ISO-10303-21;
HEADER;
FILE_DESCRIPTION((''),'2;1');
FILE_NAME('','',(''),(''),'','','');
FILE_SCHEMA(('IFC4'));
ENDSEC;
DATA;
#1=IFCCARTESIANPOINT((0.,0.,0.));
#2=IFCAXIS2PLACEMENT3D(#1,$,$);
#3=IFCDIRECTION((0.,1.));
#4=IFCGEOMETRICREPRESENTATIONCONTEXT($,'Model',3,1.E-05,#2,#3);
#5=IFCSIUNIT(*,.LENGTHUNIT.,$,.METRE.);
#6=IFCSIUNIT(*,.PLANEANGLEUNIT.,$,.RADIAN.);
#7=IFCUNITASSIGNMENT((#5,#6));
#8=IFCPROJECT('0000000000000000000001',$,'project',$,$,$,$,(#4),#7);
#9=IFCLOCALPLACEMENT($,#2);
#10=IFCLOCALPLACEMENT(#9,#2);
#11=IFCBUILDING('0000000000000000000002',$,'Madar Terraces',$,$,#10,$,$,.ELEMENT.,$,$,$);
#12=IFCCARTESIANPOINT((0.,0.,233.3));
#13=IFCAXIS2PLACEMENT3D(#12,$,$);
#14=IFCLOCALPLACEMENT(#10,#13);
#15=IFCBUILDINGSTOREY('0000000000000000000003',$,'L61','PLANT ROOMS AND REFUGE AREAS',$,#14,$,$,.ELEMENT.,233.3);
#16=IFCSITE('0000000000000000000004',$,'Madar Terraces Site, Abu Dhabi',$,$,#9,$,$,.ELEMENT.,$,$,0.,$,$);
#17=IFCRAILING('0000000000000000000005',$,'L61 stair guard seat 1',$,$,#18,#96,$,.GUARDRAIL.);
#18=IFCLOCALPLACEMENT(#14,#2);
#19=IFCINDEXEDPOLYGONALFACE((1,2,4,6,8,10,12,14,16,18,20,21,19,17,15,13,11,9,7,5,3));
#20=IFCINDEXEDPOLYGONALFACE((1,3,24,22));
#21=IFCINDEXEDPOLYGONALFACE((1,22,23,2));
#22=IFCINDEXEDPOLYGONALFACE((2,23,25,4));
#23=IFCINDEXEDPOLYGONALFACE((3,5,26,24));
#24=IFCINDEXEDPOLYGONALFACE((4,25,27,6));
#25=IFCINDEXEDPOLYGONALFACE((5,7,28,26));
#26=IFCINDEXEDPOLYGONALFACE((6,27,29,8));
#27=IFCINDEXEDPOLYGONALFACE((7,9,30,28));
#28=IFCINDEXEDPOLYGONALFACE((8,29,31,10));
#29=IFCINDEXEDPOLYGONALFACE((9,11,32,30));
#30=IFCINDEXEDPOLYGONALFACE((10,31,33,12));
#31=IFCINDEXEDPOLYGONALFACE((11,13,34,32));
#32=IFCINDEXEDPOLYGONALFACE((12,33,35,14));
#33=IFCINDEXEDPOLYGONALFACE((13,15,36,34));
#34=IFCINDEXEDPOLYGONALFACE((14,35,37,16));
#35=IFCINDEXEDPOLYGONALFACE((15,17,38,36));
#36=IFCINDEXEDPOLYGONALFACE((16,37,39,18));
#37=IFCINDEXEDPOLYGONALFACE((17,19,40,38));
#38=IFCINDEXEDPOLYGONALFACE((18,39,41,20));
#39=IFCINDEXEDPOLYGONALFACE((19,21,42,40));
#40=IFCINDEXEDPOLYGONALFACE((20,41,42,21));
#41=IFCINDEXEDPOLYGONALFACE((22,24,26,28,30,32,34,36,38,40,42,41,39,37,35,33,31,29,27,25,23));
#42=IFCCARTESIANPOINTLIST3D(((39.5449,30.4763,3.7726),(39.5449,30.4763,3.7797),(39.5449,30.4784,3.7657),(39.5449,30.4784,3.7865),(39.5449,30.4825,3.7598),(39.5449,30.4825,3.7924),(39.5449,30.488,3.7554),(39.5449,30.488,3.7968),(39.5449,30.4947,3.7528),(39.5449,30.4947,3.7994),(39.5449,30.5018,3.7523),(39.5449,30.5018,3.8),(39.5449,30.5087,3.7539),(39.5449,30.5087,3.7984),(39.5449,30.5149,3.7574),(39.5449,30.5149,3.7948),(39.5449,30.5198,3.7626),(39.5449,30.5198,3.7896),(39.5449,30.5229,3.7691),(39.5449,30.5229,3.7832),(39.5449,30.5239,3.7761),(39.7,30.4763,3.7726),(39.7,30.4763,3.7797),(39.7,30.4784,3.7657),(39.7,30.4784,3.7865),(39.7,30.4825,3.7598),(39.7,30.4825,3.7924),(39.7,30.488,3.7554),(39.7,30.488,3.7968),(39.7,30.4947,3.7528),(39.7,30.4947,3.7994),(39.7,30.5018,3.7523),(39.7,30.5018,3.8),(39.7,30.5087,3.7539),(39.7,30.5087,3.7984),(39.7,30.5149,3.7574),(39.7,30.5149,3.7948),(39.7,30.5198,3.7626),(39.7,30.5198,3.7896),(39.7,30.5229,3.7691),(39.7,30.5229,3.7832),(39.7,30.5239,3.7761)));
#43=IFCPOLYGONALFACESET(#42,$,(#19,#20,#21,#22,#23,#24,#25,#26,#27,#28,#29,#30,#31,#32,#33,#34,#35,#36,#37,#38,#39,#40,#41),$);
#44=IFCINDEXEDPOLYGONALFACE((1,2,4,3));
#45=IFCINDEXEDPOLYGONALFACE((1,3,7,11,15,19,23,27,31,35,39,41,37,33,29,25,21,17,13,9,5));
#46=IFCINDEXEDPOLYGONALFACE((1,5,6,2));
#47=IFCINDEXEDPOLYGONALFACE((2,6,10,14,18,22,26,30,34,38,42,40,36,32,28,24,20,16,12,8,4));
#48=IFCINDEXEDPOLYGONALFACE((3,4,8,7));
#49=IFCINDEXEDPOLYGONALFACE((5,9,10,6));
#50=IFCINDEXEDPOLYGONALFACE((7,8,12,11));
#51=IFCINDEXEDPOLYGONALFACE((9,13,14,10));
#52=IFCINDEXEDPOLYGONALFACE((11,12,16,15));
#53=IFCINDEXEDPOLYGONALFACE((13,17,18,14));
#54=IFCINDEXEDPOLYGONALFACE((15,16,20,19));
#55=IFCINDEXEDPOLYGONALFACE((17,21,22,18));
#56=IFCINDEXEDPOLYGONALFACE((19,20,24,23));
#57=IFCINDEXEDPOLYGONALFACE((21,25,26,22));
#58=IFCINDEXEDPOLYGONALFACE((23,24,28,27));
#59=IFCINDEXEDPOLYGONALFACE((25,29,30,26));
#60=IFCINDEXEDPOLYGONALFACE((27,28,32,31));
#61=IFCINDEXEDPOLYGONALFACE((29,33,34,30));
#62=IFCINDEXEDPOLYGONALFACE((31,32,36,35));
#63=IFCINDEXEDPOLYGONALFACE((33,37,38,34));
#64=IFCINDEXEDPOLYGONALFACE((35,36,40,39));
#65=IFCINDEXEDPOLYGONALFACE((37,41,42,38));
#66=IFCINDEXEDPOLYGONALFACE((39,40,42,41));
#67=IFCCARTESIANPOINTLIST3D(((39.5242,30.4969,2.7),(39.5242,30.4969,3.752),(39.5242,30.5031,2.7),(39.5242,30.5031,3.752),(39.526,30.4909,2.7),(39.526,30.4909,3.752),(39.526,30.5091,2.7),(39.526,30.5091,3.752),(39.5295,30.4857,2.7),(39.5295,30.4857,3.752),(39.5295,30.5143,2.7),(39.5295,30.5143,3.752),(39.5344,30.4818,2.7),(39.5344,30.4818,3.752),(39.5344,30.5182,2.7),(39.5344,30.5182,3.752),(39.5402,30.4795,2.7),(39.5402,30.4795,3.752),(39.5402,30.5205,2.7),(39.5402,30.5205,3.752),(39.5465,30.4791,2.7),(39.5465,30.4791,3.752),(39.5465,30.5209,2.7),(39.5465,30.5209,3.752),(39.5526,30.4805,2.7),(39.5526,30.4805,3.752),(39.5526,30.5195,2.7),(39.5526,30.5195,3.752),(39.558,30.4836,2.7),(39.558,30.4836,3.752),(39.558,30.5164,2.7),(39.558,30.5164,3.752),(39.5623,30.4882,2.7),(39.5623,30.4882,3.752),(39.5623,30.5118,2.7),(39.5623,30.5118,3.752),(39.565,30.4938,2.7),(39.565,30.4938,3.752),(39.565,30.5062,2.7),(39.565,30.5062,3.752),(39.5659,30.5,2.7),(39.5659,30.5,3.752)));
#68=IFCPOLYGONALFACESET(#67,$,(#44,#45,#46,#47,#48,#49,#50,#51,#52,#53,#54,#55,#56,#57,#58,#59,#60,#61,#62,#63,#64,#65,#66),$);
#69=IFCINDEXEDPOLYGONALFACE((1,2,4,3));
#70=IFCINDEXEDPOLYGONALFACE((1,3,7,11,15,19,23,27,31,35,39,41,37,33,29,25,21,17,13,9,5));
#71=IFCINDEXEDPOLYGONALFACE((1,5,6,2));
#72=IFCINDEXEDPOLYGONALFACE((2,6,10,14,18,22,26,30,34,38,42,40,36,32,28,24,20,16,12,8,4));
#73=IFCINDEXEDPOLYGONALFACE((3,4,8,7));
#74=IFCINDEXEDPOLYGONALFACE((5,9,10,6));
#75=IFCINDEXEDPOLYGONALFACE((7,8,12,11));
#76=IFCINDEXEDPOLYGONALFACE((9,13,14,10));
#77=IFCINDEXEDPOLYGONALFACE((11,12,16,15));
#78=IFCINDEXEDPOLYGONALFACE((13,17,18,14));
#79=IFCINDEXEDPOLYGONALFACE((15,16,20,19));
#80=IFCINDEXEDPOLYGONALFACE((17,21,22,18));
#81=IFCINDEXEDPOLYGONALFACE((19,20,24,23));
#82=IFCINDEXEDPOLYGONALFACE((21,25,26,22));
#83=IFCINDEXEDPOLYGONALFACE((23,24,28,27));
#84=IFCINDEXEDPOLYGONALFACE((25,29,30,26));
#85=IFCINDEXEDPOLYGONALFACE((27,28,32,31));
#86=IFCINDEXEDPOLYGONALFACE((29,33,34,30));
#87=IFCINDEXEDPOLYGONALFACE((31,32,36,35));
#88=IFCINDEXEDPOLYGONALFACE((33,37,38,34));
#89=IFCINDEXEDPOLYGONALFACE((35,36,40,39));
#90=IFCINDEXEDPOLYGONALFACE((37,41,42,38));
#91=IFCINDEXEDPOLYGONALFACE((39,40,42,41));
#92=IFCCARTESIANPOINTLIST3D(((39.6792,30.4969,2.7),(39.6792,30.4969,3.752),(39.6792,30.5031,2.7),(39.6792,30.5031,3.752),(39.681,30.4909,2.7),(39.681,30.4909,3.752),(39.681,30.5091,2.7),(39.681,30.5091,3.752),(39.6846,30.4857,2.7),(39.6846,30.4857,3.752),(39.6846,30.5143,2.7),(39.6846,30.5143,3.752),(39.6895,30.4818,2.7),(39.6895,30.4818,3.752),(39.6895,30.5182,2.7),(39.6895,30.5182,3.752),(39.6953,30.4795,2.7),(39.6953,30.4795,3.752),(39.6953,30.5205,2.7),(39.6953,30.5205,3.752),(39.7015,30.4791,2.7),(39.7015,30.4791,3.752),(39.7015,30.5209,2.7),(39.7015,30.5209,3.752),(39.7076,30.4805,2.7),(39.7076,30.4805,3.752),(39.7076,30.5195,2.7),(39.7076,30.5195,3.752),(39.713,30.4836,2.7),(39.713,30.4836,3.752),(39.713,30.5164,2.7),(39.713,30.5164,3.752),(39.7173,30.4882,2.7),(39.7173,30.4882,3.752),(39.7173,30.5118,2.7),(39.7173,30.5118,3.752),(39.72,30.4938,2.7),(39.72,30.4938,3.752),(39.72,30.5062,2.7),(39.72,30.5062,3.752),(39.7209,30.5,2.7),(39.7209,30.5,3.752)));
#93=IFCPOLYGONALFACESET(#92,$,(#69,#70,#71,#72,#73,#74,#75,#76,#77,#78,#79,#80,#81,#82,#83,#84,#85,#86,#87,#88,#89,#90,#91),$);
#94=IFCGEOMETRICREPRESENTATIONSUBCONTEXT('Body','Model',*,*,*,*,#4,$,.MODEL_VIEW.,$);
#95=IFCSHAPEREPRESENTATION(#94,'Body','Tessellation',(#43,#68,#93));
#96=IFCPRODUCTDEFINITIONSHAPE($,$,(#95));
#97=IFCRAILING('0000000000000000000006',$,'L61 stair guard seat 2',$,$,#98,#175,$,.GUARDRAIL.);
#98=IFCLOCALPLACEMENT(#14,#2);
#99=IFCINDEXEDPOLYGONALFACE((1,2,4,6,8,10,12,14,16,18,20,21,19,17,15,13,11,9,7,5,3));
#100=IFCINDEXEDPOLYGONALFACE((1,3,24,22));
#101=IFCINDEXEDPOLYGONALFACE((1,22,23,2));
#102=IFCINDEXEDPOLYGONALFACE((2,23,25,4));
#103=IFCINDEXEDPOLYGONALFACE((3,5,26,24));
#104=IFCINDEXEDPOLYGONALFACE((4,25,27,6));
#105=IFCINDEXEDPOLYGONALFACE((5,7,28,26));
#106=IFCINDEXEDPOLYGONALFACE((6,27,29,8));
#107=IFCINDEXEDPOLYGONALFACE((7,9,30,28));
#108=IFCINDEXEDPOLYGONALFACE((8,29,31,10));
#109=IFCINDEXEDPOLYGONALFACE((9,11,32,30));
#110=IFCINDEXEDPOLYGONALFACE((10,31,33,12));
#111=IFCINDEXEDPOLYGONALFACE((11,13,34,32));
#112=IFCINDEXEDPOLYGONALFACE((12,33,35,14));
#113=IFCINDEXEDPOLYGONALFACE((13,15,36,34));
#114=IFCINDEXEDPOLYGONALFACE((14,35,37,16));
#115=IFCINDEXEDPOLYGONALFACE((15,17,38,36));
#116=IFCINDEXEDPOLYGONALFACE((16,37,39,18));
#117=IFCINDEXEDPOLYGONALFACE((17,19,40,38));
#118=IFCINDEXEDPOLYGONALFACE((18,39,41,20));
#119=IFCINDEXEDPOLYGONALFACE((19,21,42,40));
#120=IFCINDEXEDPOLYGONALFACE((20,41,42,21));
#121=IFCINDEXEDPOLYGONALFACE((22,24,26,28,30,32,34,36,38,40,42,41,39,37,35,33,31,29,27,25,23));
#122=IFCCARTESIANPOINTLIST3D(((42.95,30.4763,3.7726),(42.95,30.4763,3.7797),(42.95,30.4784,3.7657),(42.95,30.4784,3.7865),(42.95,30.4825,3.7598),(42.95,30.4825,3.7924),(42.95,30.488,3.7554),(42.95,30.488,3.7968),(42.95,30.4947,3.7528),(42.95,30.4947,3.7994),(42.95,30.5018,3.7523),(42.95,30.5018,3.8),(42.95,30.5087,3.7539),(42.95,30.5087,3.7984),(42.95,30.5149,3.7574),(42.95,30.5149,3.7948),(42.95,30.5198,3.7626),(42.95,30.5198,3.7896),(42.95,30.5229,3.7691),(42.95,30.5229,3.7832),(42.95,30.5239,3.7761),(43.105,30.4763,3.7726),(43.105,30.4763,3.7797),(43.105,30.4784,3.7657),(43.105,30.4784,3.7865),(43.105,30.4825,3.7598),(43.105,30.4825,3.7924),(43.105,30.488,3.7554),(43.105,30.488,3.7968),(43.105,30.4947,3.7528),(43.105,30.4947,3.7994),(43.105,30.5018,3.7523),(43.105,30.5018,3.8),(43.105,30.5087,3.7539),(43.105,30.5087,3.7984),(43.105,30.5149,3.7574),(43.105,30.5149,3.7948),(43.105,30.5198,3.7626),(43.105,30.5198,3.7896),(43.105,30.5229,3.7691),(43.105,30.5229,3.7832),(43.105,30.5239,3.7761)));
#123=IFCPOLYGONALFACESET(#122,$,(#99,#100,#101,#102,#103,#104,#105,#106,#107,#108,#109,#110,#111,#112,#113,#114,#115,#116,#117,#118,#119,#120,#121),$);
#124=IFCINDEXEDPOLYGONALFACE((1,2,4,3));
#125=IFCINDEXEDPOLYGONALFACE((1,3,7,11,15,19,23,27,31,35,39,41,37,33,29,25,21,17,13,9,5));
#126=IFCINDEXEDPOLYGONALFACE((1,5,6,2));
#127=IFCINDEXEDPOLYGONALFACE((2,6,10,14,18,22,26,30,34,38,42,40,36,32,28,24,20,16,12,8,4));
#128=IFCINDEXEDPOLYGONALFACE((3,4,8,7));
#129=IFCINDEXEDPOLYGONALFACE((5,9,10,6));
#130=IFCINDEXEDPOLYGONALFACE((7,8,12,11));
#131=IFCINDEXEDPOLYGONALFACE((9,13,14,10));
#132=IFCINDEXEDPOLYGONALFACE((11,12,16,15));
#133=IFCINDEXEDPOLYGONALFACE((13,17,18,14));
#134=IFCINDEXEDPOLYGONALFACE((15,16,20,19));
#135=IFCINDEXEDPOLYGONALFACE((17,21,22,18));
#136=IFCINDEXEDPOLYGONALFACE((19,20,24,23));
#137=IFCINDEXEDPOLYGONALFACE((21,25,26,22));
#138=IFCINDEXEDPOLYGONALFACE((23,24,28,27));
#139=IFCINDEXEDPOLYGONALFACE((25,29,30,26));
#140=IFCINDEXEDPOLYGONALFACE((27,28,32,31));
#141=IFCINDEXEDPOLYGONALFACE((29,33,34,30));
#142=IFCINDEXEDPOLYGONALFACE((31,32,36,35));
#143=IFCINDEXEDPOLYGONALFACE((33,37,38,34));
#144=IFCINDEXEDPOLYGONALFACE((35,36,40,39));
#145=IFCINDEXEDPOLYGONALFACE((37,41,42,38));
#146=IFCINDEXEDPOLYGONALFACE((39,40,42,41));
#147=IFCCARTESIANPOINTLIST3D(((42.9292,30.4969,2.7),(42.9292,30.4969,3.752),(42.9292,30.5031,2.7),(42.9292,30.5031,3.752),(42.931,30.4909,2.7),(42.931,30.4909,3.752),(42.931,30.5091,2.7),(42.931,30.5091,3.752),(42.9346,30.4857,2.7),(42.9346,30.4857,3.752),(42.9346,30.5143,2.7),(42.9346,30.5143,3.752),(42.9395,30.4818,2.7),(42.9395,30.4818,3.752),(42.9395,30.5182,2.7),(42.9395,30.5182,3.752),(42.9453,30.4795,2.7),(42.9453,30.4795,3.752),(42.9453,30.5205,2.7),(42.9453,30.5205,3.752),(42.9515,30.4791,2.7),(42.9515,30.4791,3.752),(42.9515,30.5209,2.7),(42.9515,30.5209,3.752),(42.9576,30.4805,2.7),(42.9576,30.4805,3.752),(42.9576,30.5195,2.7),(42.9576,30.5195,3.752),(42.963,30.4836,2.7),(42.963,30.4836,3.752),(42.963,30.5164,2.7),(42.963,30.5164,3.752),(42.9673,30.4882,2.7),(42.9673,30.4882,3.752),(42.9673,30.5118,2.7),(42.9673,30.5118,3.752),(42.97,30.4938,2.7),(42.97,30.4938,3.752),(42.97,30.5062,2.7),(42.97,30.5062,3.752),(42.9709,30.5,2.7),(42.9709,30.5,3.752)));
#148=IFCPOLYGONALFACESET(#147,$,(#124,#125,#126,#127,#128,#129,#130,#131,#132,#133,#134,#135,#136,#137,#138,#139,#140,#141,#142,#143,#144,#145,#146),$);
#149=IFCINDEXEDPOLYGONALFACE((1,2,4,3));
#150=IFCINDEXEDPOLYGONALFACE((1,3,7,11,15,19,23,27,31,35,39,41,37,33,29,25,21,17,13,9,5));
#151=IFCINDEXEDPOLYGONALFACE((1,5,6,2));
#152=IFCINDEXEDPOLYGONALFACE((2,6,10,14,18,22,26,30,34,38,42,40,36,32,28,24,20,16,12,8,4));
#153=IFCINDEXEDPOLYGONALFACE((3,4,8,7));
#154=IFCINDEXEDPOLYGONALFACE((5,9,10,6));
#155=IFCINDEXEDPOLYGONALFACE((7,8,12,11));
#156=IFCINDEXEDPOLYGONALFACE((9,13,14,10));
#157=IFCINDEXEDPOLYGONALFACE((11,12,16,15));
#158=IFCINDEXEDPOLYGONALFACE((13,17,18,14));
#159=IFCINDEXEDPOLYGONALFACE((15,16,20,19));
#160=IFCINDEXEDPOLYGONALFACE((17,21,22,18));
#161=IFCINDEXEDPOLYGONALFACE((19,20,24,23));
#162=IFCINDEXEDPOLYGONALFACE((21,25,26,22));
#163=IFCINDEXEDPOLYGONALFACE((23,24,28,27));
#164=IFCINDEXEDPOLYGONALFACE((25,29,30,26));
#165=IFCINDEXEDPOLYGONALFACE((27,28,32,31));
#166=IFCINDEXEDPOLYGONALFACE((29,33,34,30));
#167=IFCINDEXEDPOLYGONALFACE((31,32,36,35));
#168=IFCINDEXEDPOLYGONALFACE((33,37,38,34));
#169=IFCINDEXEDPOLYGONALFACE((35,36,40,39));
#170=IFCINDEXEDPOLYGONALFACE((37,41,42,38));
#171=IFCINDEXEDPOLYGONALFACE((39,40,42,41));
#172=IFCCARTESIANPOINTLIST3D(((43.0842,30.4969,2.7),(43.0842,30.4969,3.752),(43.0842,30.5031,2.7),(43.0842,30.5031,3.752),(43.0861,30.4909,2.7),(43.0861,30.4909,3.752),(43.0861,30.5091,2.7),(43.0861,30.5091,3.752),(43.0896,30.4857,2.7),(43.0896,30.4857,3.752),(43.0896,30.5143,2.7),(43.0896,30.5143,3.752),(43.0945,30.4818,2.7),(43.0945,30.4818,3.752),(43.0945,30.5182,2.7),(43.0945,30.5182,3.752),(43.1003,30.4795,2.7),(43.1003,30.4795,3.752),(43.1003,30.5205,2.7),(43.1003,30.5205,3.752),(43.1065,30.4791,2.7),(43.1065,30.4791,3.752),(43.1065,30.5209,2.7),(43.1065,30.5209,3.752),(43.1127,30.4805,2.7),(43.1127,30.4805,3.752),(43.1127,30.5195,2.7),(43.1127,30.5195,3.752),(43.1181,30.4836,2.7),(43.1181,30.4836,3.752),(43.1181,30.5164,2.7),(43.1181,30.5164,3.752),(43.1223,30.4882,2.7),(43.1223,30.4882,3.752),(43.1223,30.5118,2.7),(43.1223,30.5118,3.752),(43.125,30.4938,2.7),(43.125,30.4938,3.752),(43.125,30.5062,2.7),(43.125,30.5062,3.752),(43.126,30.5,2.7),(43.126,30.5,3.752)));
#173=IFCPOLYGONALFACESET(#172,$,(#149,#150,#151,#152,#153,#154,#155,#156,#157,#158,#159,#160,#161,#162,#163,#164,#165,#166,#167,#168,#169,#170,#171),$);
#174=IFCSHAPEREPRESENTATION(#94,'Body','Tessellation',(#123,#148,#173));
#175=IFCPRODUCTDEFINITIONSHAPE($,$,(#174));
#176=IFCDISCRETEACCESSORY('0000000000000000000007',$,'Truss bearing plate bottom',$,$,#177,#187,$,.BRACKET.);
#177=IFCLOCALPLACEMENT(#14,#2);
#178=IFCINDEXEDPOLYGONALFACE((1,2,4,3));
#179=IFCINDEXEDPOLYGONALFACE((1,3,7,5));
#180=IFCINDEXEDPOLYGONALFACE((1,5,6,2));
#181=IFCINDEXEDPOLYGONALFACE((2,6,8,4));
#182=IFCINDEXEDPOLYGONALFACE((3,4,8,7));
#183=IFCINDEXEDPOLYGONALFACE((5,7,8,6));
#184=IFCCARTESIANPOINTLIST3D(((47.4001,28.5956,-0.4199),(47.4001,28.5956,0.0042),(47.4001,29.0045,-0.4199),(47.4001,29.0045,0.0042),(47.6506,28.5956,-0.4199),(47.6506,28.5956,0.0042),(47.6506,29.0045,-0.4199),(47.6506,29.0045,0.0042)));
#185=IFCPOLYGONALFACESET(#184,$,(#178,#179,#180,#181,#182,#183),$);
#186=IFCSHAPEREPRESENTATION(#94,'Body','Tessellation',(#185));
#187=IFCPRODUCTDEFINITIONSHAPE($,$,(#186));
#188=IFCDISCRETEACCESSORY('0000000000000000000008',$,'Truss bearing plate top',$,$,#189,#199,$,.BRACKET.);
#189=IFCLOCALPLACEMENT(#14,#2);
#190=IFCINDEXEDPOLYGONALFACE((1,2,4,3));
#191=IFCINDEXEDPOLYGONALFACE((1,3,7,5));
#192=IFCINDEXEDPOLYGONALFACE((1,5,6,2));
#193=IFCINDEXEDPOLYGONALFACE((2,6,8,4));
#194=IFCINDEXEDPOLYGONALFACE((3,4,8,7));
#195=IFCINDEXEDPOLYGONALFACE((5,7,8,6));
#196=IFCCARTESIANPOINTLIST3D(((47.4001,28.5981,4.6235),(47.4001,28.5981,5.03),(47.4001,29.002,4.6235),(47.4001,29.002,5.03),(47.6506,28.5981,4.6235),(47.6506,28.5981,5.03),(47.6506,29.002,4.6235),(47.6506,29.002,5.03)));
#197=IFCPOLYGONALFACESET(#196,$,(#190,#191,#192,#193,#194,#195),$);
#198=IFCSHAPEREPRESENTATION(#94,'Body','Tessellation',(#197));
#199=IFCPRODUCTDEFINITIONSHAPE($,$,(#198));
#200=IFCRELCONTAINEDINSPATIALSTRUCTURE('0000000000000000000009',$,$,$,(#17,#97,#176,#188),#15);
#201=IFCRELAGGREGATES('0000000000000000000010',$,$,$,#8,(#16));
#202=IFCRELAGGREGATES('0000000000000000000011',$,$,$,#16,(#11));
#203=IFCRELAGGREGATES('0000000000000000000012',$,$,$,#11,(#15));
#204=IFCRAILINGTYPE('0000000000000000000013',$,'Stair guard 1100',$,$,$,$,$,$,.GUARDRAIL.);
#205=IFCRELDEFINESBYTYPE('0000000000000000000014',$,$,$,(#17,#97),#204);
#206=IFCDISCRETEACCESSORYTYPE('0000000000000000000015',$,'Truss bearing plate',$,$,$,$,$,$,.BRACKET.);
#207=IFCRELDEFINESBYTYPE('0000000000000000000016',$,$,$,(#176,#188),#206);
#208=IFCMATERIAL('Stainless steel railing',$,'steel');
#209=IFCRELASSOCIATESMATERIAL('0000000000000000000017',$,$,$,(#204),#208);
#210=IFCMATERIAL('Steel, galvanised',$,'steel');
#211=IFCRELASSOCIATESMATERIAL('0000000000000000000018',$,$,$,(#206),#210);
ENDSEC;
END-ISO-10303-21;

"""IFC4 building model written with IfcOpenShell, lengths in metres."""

from ifc_helpers import new_model, si_unit, direction, frame, origin, origin_2d, place, context, subcontext, project, spatial, rectangle, circle, extrude, material, type_object, element, save


model = new_model("IFC4")

# Units and contexts
model_context = context("Model", 3, precision=1e-05, world=origin(), true_north=direction((0.0, 1.0)))
body_context = subcontext(model_context, "Body", "Model", "MODEL_VIEW")
ifc_project = project(units=[si_unit("LENGTHUNIT", "METRE"), si_unit("PLANEANGLEUNIT", "RADIAN")], contexts=[model_context])

# Site, building, storey
site_placement = place(None, origin())
site = spatial("IfcSite", under=ifc_project, at=site_placement, Name="Madar Terraces Site, Abu Dhabi", CompositionType="ELEMENT", RefElevation=0.0)
building_placement = place(site_placement, origin())
building = spatial("IfcBuilding", under=site, at=building_placement, Name="Madar Terraces", CompositionType="ELEMENT")
storey_placement = place(building_placement, frame((0.0, 0.0, 233.3)))
storey = spatial("IfcBuildingStorey", under=building, at=storey_placement, Name="L61", Description="PLANT ROOMS AND REFUGE AREAS", CompositionType="ELEMENT", Elevation=233.3)

# Railings
ifc_material_1 = material(Name="Stainless steel railing", Category="steel")
railing_type_1 = type_object("IfcRailingType", Name="Stair guard 1100", PredefinedType="GUARDRAIL", material=ifc_material_1)
for number, where, name in (
    (1, (39.5449, 30.5, 2.7), "L61 stair guard seat 1"),
    (2, (42.95, 30.5, 2.7), "L61 stair guard seat 2"),
):
    element("IfcRailing", number, at=place(storey_placement, frame(where)), inside=storey, type_object=railing_type_1, Name=name, PredefinedType="GUARDRAIL", context=body_context, shape_type="SweptSolid", body=[
        extrude(circle(Radius=0.0239, at=origin_2d()), frame((0.0, 0.0, 1.0762), z_axis=(1.0, 0.0, 0.0), x_axis=(0.0, 1.0, 0.0)), (0.0, 0.0, 1.0), 0.155),
        extrude(circle(Radius=0.021, at=origin_2d()), origin(), (0.0, 0.0, 1.0), 1.052),
        extrude(circle(Radius=0.021, at=origin_2d()), frame((0.155, 0.0, 0.0)), (0.0, 0.0, 1.0), 1.052),
    ])

# Discrete accessories
ifc_material_2 = material(Name="Steel, galvanised", Category="steel")
discrete_accessory_type = type_object("IfcDiscreteAccessoryType", Name="Truss bearing plate", PredefinedType="BRACKET", material=ifc_material_2)
discrete_accessory_1_placement = place(storey_placement, frame((47.5254, 28.8, -0.4199), z_axis=(0.0, 0.0, 1.0), x_axis=(1.0, 0.0, 0.0)))
element("IfcDiscreteAccessory", 3, at=discrete_accessory_1_placement, inside=storey, type_object=discrete_accessory_type, Name="Truss bearing plate bottom", PredefinedType="BRACKET", context=body_context, shape_type="SweptSolid", body=[
    extrude(rectangle(XDim=0.2505, YDim=0.4089, at=origin_2d()), origin(), (0.0, 0.0, 1.0), 0.4241),
])
discrete_accessory_2_placement = place(storey_placement, frame((47.5254, 28.8, 4.6235), z_axis=(0.0, 0.0, 1.0), x_axis=(1.0, 0.0, 0.0)))
element("IfcDiscreteAccessory", 4, at=discrete_accessory_2_placement, inside=storey, type_object=discrete_accessory_type, Name="Truss bearing plate top", PredefinedType="BRACKET", context=body_context, shape_type="SweptSolid", body=[
    extrude(rectangle(XDim=0.2505, YDim=0.4038, at=origin_2d()), origin(), (0.0, 0.0, 1.0), 0.4065),
])

save(model, "model.ifc")
